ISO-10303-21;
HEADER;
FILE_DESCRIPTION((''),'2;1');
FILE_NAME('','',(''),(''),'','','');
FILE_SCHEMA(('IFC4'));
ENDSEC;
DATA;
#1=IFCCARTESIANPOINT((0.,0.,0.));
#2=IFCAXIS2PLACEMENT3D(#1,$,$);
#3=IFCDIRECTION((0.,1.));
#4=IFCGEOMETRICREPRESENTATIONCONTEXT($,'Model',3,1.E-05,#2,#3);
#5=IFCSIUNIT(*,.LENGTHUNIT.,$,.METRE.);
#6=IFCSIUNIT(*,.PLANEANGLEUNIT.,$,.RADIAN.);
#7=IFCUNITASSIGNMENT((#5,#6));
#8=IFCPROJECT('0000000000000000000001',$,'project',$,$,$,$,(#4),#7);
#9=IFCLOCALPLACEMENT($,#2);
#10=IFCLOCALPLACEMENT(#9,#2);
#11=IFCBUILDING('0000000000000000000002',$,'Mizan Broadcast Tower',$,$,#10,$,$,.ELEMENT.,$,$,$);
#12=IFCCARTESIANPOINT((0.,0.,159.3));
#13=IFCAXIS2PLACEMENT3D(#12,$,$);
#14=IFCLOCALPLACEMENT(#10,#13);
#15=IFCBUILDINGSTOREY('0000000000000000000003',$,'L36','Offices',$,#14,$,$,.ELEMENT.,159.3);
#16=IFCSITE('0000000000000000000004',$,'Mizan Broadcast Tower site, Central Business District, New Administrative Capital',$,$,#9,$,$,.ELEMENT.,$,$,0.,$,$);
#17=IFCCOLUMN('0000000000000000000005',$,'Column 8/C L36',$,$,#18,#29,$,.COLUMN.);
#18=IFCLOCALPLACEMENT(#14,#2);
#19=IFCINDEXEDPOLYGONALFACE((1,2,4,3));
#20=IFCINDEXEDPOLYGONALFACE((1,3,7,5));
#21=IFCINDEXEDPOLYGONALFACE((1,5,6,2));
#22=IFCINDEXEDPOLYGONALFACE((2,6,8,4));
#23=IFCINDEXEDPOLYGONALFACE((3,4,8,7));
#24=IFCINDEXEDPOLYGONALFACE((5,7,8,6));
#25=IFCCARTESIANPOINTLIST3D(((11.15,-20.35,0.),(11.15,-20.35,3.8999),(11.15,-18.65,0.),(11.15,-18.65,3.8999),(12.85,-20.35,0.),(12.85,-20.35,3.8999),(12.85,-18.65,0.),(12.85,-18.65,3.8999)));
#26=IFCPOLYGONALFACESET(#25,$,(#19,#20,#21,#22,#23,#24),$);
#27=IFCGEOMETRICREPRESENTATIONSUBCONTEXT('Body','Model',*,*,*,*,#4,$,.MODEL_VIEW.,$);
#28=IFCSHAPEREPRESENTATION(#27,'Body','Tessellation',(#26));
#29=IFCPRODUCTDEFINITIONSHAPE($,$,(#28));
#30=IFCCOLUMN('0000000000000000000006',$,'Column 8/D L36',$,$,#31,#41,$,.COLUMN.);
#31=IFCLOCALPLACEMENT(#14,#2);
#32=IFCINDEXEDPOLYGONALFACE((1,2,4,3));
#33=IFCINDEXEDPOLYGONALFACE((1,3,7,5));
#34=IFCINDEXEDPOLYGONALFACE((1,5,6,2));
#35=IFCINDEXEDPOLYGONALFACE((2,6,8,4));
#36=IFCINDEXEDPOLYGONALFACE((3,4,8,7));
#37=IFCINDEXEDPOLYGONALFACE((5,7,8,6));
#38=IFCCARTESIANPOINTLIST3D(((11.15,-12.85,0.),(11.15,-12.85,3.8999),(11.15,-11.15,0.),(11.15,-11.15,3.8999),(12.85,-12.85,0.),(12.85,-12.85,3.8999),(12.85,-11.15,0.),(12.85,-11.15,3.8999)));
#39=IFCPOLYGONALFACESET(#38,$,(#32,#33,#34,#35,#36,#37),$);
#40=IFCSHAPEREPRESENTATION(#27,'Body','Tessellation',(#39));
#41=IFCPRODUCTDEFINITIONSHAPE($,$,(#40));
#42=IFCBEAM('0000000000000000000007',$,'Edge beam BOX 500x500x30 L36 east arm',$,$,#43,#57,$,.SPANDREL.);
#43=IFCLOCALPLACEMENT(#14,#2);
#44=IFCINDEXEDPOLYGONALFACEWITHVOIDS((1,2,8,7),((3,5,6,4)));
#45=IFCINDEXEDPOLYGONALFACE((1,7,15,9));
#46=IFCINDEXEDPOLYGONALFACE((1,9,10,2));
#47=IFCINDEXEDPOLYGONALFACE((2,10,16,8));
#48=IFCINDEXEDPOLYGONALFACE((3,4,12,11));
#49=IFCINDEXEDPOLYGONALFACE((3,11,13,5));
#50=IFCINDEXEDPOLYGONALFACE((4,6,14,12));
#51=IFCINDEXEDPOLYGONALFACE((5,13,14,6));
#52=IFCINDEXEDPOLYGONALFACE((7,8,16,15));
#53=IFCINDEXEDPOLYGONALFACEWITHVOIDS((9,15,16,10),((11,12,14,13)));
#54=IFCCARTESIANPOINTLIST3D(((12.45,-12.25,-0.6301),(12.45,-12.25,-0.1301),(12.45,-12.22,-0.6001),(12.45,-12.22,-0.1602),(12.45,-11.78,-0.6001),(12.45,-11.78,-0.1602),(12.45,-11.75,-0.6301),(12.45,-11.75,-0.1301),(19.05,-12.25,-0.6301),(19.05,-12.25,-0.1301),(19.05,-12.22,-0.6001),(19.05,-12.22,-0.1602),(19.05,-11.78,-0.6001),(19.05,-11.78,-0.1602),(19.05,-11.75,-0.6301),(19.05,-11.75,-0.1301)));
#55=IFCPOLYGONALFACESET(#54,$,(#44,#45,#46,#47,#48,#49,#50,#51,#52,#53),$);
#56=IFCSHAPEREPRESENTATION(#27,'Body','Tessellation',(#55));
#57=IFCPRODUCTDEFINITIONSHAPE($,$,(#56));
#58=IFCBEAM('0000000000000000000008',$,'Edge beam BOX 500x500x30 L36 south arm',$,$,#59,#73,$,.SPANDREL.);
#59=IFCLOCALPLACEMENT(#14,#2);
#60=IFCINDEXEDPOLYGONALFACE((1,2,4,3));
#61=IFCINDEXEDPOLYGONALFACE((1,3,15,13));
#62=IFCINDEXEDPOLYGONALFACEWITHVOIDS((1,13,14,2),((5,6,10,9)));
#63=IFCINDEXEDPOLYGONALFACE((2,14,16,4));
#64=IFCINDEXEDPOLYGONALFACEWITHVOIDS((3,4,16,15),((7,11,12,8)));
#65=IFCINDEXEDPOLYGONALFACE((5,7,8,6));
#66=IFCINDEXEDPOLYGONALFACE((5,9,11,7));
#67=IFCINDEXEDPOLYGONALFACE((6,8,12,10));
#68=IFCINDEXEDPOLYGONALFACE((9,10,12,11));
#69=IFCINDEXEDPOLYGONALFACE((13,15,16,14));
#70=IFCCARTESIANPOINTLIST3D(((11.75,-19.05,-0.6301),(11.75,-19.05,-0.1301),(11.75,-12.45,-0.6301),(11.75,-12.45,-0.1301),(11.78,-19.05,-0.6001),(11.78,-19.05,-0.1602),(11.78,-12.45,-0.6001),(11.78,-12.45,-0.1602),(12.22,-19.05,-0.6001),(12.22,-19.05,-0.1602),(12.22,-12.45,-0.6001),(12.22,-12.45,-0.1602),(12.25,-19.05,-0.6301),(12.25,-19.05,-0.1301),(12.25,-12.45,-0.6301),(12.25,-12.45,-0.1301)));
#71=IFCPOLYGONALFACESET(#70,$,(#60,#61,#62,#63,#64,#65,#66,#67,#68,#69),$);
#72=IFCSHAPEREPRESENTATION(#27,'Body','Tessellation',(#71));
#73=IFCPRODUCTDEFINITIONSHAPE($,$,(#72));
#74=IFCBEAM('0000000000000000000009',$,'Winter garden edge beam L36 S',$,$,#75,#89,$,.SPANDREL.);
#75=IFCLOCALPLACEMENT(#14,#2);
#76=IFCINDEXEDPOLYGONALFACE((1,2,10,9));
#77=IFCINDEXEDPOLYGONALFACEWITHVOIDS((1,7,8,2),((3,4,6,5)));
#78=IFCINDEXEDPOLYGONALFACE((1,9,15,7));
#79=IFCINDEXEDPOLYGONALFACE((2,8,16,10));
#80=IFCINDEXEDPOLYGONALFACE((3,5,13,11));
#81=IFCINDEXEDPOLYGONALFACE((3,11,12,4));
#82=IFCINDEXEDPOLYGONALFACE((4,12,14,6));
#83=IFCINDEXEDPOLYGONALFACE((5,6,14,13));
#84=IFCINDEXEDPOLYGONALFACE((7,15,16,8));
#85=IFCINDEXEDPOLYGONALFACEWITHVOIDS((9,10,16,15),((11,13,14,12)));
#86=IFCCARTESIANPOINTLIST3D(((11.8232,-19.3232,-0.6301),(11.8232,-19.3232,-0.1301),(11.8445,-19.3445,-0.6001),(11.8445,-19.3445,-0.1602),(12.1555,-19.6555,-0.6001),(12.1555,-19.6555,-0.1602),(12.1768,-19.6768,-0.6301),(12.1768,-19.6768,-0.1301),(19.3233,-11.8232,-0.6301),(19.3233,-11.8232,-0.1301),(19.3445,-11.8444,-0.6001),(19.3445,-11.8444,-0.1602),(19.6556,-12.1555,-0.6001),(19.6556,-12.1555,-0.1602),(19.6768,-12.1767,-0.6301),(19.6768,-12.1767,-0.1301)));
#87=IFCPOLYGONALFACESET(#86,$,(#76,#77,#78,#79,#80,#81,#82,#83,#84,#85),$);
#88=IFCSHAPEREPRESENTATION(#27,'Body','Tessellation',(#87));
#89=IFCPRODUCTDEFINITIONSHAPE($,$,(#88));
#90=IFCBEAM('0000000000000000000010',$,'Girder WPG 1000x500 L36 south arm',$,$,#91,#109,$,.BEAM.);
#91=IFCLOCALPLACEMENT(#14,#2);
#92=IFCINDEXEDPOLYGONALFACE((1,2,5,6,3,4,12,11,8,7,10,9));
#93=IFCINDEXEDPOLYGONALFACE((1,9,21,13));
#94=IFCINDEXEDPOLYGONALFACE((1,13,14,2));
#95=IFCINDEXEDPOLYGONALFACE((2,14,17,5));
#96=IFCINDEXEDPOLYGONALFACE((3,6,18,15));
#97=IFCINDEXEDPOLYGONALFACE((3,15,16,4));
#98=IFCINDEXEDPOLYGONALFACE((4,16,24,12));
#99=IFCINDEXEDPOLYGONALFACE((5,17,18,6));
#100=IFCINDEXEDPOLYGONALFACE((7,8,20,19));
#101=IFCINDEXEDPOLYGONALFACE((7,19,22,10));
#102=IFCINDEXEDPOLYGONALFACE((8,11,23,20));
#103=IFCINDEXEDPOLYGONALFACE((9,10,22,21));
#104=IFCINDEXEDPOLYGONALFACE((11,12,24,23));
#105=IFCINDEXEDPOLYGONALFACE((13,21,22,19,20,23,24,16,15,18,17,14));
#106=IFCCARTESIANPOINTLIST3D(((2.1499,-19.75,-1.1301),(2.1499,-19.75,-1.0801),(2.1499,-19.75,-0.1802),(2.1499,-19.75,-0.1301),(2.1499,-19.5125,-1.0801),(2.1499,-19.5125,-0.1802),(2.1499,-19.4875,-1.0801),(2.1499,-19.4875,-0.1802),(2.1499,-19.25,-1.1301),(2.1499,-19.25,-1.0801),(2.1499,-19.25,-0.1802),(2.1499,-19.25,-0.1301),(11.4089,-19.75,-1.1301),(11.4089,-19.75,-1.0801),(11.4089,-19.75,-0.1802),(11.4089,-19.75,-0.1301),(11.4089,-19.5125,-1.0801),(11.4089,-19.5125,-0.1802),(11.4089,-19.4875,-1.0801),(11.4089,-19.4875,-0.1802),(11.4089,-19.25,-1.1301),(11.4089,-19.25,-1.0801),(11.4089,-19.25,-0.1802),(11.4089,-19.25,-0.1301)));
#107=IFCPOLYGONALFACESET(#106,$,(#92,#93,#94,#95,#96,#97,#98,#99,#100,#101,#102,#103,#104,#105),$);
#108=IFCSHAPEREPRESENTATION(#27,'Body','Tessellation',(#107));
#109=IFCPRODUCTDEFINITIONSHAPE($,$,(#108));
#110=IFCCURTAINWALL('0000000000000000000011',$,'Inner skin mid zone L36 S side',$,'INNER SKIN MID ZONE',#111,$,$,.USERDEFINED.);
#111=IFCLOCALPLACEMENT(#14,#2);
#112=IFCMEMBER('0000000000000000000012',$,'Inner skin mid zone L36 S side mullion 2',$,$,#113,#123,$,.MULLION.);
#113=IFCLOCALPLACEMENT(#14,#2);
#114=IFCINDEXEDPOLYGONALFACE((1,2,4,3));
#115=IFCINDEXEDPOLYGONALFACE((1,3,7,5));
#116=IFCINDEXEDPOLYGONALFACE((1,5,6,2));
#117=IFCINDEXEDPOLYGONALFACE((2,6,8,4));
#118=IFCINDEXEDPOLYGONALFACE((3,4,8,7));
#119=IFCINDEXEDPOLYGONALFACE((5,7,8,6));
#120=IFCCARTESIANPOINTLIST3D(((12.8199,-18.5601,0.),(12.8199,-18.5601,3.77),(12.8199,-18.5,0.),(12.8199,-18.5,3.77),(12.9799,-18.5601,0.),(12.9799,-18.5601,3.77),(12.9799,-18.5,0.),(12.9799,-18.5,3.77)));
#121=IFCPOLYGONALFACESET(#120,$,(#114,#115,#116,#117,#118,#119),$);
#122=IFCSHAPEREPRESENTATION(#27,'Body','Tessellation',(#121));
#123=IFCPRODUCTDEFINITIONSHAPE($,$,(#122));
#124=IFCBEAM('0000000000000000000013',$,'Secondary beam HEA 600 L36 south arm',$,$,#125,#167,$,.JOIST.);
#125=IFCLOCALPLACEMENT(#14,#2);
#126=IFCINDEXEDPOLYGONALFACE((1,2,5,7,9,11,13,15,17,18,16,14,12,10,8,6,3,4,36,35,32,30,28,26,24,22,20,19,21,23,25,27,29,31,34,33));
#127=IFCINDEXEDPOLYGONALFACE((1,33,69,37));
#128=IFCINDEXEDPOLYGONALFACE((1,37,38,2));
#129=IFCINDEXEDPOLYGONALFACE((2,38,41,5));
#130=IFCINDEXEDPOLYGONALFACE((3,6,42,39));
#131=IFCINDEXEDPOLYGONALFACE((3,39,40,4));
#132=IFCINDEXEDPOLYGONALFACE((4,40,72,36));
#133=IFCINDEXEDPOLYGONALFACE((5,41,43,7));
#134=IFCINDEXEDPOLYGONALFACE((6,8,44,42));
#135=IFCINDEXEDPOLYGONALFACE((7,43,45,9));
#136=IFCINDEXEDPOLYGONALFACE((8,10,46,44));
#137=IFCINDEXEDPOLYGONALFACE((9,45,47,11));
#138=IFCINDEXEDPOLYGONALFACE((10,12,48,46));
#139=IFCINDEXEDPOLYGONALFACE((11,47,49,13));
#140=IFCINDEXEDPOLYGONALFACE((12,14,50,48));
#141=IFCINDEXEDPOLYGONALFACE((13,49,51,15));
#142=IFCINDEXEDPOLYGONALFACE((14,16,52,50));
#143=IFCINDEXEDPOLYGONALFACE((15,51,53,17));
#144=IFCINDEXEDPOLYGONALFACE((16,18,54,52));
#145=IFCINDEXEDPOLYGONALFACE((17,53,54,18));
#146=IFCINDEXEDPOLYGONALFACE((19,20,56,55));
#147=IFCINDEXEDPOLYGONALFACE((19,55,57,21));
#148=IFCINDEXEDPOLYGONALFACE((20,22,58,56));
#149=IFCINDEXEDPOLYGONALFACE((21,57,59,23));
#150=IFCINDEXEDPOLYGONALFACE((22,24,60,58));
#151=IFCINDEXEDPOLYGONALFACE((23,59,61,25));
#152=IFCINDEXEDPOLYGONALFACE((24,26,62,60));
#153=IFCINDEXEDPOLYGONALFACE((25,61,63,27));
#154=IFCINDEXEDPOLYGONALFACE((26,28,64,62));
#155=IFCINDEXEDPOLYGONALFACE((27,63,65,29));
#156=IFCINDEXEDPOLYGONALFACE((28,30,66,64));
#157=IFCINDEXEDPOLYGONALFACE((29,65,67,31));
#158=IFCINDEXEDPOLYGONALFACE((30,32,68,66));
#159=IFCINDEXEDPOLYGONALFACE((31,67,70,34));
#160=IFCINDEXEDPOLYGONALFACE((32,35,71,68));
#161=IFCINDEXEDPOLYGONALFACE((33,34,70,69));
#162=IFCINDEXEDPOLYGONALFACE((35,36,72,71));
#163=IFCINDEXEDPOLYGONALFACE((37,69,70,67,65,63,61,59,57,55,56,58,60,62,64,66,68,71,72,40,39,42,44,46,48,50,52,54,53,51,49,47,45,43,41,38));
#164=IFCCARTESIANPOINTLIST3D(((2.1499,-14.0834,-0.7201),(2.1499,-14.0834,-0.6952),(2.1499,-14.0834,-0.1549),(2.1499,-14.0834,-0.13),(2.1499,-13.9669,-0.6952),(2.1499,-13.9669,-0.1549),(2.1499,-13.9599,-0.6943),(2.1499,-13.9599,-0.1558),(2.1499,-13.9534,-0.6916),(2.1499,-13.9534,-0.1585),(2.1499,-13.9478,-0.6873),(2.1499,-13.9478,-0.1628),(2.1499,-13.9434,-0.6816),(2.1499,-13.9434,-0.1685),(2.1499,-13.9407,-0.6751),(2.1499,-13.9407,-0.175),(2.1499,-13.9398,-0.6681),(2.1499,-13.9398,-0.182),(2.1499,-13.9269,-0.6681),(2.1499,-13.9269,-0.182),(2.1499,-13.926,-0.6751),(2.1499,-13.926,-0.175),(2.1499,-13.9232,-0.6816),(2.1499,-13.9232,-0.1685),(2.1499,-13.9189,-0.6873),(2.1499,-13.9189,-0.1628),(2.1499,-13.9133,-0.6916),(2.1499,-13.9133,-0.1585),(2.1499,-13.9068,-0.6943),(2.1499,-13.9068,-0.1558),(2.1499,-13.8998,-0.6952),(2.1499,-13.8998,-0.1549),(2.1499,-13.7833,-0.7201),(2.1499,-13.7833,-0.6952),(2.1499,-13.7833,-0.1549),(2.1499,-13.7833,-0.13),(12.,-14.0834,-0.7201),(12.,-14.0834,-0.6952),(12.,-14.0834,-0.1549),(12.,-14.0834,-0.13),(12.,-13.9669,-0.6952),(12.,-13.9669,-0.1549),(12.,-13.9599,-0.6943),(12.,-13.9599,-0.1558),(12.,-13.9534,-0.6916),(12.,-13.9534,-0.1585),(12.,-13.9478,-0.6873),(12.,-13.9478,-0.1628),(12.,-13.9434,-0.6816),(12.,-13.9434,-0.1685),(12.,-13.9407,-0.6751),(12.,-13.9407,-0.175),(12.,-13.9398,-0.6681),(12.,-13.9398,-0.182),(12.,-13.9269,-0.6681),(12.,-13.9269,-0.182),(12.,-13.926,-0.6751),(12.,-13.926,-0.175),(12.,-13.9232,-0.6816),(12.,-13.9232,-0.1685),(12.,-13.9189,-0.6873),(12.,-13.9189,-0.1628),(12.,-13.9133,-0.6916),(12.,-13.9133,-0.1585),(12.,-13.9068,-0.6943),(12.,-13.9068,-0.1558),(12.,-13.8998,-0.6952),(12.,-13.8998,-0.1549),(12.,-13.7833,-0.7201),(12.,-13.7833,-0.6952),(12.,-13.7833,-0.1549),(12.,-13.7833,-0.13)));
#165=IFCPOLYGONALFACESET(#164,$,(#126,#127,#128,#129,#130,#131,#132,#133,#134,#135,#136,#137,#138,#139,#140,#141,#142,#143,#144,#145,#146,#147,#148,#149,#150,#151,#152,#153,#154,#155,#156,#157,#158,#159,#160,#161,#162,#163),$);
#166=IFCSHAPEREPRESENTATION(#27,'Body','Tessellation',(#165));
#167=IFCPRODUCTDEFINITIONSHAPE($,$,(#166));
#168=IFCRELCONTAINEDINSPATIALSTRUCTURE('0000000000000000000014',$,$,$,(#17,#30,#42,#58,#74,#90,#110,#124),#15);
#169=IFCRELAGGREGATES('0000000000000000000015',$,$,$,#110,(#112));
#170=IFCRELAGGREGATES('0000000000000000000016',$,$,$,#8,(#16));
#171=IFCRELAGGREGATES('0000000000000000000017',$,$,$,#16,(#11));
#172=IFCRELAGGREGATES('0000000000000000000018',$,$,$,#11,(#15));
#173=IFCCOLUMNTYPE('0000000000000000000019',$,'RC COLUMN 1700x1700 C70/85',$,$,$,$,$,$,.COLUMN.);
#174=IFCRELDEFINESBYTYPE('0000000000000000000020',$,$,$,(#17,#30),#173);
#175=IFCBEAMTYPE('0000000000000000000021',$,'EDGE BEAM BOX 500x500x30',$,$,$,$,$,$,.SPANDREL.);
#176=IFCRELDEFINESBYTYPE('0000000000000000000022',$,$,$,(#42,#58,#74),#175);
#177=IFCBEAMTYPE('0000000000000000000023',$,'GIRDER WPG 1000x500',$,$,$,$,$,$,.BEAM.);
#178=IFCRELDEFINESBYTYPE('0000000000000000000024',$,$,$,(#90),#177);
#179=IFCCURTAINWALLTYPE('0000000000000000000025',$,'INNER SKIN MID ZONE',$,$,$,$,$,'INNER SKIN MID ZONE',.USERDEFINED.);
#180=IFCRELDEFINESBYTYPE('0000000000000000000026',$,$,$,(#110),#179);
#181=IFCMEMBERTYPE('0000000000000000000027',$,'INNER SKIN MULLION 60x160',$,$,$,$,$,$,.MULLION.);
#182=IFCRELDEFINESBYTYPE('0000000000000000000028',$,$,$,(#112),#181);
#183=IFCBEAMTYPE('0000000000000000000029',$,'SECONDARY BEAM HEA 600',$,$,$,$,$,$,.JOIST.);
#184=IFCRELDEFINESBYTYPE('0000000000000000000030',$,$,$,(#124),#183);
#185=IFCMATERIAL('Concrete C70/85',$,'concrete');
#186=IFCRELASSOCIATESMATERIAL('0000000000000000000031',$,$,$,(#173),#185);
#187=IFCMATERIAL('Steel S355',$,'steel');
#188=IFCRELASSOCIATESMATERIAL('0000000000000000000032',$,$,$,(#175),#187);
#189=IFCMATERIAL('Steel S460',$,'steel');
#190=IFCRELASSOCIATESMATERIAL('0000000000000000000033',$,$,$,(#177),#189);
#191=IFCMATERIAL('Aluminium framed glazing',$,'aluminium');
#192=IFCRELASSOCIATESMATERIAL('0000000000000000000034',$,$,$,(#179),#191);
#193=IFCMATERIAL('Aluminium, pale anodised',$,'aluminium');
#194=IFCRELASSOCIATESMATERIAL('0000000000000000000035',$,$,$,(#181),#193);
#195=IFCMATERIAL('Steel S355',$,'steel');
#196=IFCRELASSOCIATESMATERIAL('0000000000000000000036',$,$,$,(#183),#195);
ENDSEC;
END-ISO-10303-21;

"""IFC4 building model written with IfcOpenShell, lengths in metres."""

from ifc_helpers import new_model, si_unit, direction, frame, origin, origin_2d, place, context, subcontext, project, spatial, rectangle, hollow_rectangle, i_section, extrude, material, material_profile, profile_set, type_object, element, aggregate, save


model = new_model("IFC4")

# Units and contexts
model_context = context("Model", 3, precision=1e-05, world=origin(), true_north=direction((0.0, 1.0)))
body_context = subcontext(model_context, "Body", "Model", "MODEL_VIEW")
ifc_project = project(units=[si_unit("LENGTHUNIT", "METRE"), si_unit("PLANEANGLEUNIT", "RADIAN")], contexts=[model_context])

# Site, building, storey
site_placement = place(None, origin())
site = spatial("IfcSite", under=ifc_project, at=site_placement, Name="Mizan Broadcast Tower site, Central Business District, New Administrative Capital", CompositionType="ELEMENT", RefElevation=0.0)
building_placement = place(site_placement, origin())
building = spatial("IfcBuilding", under=site, at=building_placement, Name="Mizan Broadcast Tower", CompositionType="ELEMENT")
storey_placement = place(building_placement, frame((0.0, 0.0, 159.3)))
storey = spatial("IfcBuildingStorey", under=building, at=storey_placement, Name="L36", Description="Offices", CompositionType="ELEMENT", Elevation=159.3)

# Columns
ifc_material_1 = material(Name="Concrete C70/85", Category="concrete")
ifc_material_profile_1 = material_profile(ifc_material_1, rectangle(XDim=1.7, YDim=1.7, at=origin_2d()), Name="RC 1700x1700")
ifc_profile_set_1 = profile_set([ifc_material_profile_1], Name="Concrete C70/85")
column_type = type_object("IfcColumnType", Name="RC COLUMN 1700x1700 C70/85", PredefinedType="COLUMN", material=ifc_profile_set_1)
for number, where, z_axis, x_axis, name in (
    (1, (12.0, -19.5, 0.0), (0.0, 0.0, 1.0), (1.0, 0.0, 0.0), "Column 8/C L36"),
    (2, (12.0, -12.0, 0.0), (0.0, 0.0, 1.0), (1.0, 0.0, 0.0), "Column 8/D L36"),
):
    element("IfcColumn", number, at=place(storey_placement, frame(where, z_axis=z_axis, x_axis=x_axis)), inside=storey, type_object=column_type, Name=name, PredefinedType="COLUMN", context=body_context, shape_type="SweptSolid", body=[
        extrude(rectangle(XDim=1.7, YDim=1.7, at=origin_2d()), origin(), (0.0, 0.0, 1.0), 3.8999),
    ])

# Beams
ifc_material_2 = material(Name="Steel S355", Category="steel")
ifc_material_profile_2 = material_profile(ifc_material_2, hollow_rectangle(XDim=0.5, YDim=0.5, WallThickness=0.03, at=origin_2d()), Name="BOX 500x500x30")
ifc_profile_set_2 = profile_set([ifc_material_profile_2], Name="Steel S355")
beam_type_1 = type_object("IfcBeamType", Name="EDGE BEAM BOX 500x500x30", PredefinedType="SPANDREL", material=ifc_profile_set_2)
for number, where, z_axis, x_axis, name in (
    (3, (12.45, -12.0, -0.3801), (1.0, 0.0, 0.0), (0.0, 1.0, 0.0), "Edge beam BOX 500x500x30 L36 east arm"),
    (4, (12.0, -12.45, -0.3801), (0.0, -1.0, 0.0), (1.0, 0.0, 0.0), "Edge beam BOX 500x500x30 L36 south arm"),
):
    element("IfcBeam", number, at=place(storey_placement, frame(where, z_axis=z_axis, x_axis=x_axis)), inside=storey, type_object=beam_type_1, Name=name, PredefinedType="SPANDREL", context=body_context, shape_type="SweptSolid", body=[
        extrude(hollow_rectangle(XDim=0.5, YDim=0.5, WallThickness=0.03, at=origin_2d()), origin(), (0.0, 0.0, 1.0), 6.6001),
    ])
beam_1_placement = place(storey_placement, frame((12.0, -19.5, -0.3801), z_axis=(0.707107, 0.707107, 0.0), x_axis=(-0.707107, 0.707107, 0.0)))
element("IfcBeam", 5, at=beam_1_placement, inside=storey, type_object=beam_type_1, Name="Winter garden edge beam L36 S", PredefinedType="SPANDREL", context=body_context, shape_type="SweptSolid", body=[
    extrude(hollow_rectangle(XDim=0.5, YDim=0.5, WallThickness=0.03, at=origin_2d()), origin(), (0.0, 0.0, 1.0), 10.6067),
])
ifc_material_3 = material(Name="Steel S460", Category="steel")
ifc_material_profile_3 = material_profile(ifc_material_3, i_section(OverallWidth=0.5, OverallDepth=1.0, WebThickness=0.0249, FlangeThickness=0.05, at=origin_2d()), Name="WPG 1000x500")
ifc_profile_set_3 = profile_set([ifc_material_profile_3], Name="Steel S460")
beam_type_2 = type_object("IfcBeamType", Name="GIRDER WPG 1000x500", PredefinedType="BEAM", material=ifc_profile_set_3)
beam_2_placement = place(storey_placement, frame((11.4089, -19.5, -0.6301), z_axis=(-1.0, 0.0, 0.0), x_axis=(0.0, -1.0, 0.0)))
element("IfcBeam", 6, at=beam_2_placement, inside=storey, type_object=beam_type_2, Name="Girder WPG 1000x500 L36 south arm", PredefinedType="BEAM", context=body_context, shape_type="SweptSolid", body=[
    extrude(i_section(OverallWidth=0.5, OverallDepth=1.0, WebThickness=0.0249, FlangeThickness=0.05, at=origin_2d()), origin(), (0.0, 0.0, 1.0), 9.259),
])

# Curtain wall, member
ifc_material_4 = material(Name="Aluminium framed glazing", Category="aluminium")
curtain_wall_type = type_object("IfcCurtainWallType", Name="INNER SKIN MID ZONE", ElementType="INNER SKIN MID ZONE", PredefinedType="USERDEFINED", material=ifc_material_4)
curtain_wall_placement = place(storey_placement, origin())
curtain_wall = element("IfcCurtainWall", 7, at=curtain_wall_placement, inside=storey, type_object=curtain_wall_type, Name="Inner skin mid zone L36 S side", ObjectType="INNER SKIN MID ZONE", PredefinedType="USERDEFINED")
ifc_material_5 = material(Name="Aluminium, pale anodised", Category="aluminium")
ifc_material_profile_4 = material_profile(ifc_material_5, rectangle(XDim=0.1599, YDim=0.0601, at=origin_2d()), Name="MULLION 160x60")
ifc_profile_set_4 = profile_set([ifc_material_profile_4], Name="Aluminium, pale anodised")
member_type = type_object("IfcMemberType", Name="INNER SKIN MULLION 60x160", PredefinedType="MULLION", material=ifc_profile_set_4)
member_placement = place(storey_placement, frame((12.8999, -18.53, 0.0), z_axis=(0.0, 0.0, 1.0), x_axis=(-1.0, 0.0, 0.0)))
member = element("IfcMember", 8, at=member_placement, type_object=member_type, Name="Inner skin mid zone L36 S side mullion 2", PredefinedType="MULLION", context=body_context, shape_type="SweptSolid", body=[
    extrude(rectangle(XDim=0.1599, YDim=0.0601, at=origin_2d()), origin(), (0.0, 0.0, 1.0), 3.77),
])
aggregate(curtain_wall, [member])

# Beam
ifc_material_6 = material(Name="Steel S355", Category="steel")
ifc_material_profile_5 = material_profile(ifc_material_6, i_section(OverallWidth=0.3, OverallDepth=0.5901, WebThickness=0.0129, FlangeThickness=0.0249, FilletRadius=0.0271, at=origin_2d()), Name="HEA 600")
ifc_profile_set_5 = profile_set([ifc_material_profile_5], Name="Steel S355")
beam_type_3 = type_object("IfcBeamType", Name="SECONDARY BEAM HEA 600", PredefinedType="JOIST", material=ifc_profile_set_5)
for number, where, z_axis, x_axis, name in (
    (9, (12.0, -13.9333, -0.425), (-1.0, 0.0, 0.0), (0.0, -1.0, 0.0), "Secondary beam HEA 600 L36 south arm"),
):
    element("IfcBeam", number, at=place(storey_placement, frame(where, z_axis=z_axis, x_axis=x_axis)), inside=storey, type_object=beam_type_3, Name=name, PredefinedType="JOIST", context=body_context, shape_type="SweptSolid", body=[
        extrude(i_section(OverallWidth=0.3, OverallDepth=0.5901, WebThickness=0.0129, FlangeThickness=0.0249, FilletRadius=0.0271, at=origin_2d()), origin(), (0.0, 0.0, 1.0), 9.8501),
    ])

save(model, "model.ifc")
